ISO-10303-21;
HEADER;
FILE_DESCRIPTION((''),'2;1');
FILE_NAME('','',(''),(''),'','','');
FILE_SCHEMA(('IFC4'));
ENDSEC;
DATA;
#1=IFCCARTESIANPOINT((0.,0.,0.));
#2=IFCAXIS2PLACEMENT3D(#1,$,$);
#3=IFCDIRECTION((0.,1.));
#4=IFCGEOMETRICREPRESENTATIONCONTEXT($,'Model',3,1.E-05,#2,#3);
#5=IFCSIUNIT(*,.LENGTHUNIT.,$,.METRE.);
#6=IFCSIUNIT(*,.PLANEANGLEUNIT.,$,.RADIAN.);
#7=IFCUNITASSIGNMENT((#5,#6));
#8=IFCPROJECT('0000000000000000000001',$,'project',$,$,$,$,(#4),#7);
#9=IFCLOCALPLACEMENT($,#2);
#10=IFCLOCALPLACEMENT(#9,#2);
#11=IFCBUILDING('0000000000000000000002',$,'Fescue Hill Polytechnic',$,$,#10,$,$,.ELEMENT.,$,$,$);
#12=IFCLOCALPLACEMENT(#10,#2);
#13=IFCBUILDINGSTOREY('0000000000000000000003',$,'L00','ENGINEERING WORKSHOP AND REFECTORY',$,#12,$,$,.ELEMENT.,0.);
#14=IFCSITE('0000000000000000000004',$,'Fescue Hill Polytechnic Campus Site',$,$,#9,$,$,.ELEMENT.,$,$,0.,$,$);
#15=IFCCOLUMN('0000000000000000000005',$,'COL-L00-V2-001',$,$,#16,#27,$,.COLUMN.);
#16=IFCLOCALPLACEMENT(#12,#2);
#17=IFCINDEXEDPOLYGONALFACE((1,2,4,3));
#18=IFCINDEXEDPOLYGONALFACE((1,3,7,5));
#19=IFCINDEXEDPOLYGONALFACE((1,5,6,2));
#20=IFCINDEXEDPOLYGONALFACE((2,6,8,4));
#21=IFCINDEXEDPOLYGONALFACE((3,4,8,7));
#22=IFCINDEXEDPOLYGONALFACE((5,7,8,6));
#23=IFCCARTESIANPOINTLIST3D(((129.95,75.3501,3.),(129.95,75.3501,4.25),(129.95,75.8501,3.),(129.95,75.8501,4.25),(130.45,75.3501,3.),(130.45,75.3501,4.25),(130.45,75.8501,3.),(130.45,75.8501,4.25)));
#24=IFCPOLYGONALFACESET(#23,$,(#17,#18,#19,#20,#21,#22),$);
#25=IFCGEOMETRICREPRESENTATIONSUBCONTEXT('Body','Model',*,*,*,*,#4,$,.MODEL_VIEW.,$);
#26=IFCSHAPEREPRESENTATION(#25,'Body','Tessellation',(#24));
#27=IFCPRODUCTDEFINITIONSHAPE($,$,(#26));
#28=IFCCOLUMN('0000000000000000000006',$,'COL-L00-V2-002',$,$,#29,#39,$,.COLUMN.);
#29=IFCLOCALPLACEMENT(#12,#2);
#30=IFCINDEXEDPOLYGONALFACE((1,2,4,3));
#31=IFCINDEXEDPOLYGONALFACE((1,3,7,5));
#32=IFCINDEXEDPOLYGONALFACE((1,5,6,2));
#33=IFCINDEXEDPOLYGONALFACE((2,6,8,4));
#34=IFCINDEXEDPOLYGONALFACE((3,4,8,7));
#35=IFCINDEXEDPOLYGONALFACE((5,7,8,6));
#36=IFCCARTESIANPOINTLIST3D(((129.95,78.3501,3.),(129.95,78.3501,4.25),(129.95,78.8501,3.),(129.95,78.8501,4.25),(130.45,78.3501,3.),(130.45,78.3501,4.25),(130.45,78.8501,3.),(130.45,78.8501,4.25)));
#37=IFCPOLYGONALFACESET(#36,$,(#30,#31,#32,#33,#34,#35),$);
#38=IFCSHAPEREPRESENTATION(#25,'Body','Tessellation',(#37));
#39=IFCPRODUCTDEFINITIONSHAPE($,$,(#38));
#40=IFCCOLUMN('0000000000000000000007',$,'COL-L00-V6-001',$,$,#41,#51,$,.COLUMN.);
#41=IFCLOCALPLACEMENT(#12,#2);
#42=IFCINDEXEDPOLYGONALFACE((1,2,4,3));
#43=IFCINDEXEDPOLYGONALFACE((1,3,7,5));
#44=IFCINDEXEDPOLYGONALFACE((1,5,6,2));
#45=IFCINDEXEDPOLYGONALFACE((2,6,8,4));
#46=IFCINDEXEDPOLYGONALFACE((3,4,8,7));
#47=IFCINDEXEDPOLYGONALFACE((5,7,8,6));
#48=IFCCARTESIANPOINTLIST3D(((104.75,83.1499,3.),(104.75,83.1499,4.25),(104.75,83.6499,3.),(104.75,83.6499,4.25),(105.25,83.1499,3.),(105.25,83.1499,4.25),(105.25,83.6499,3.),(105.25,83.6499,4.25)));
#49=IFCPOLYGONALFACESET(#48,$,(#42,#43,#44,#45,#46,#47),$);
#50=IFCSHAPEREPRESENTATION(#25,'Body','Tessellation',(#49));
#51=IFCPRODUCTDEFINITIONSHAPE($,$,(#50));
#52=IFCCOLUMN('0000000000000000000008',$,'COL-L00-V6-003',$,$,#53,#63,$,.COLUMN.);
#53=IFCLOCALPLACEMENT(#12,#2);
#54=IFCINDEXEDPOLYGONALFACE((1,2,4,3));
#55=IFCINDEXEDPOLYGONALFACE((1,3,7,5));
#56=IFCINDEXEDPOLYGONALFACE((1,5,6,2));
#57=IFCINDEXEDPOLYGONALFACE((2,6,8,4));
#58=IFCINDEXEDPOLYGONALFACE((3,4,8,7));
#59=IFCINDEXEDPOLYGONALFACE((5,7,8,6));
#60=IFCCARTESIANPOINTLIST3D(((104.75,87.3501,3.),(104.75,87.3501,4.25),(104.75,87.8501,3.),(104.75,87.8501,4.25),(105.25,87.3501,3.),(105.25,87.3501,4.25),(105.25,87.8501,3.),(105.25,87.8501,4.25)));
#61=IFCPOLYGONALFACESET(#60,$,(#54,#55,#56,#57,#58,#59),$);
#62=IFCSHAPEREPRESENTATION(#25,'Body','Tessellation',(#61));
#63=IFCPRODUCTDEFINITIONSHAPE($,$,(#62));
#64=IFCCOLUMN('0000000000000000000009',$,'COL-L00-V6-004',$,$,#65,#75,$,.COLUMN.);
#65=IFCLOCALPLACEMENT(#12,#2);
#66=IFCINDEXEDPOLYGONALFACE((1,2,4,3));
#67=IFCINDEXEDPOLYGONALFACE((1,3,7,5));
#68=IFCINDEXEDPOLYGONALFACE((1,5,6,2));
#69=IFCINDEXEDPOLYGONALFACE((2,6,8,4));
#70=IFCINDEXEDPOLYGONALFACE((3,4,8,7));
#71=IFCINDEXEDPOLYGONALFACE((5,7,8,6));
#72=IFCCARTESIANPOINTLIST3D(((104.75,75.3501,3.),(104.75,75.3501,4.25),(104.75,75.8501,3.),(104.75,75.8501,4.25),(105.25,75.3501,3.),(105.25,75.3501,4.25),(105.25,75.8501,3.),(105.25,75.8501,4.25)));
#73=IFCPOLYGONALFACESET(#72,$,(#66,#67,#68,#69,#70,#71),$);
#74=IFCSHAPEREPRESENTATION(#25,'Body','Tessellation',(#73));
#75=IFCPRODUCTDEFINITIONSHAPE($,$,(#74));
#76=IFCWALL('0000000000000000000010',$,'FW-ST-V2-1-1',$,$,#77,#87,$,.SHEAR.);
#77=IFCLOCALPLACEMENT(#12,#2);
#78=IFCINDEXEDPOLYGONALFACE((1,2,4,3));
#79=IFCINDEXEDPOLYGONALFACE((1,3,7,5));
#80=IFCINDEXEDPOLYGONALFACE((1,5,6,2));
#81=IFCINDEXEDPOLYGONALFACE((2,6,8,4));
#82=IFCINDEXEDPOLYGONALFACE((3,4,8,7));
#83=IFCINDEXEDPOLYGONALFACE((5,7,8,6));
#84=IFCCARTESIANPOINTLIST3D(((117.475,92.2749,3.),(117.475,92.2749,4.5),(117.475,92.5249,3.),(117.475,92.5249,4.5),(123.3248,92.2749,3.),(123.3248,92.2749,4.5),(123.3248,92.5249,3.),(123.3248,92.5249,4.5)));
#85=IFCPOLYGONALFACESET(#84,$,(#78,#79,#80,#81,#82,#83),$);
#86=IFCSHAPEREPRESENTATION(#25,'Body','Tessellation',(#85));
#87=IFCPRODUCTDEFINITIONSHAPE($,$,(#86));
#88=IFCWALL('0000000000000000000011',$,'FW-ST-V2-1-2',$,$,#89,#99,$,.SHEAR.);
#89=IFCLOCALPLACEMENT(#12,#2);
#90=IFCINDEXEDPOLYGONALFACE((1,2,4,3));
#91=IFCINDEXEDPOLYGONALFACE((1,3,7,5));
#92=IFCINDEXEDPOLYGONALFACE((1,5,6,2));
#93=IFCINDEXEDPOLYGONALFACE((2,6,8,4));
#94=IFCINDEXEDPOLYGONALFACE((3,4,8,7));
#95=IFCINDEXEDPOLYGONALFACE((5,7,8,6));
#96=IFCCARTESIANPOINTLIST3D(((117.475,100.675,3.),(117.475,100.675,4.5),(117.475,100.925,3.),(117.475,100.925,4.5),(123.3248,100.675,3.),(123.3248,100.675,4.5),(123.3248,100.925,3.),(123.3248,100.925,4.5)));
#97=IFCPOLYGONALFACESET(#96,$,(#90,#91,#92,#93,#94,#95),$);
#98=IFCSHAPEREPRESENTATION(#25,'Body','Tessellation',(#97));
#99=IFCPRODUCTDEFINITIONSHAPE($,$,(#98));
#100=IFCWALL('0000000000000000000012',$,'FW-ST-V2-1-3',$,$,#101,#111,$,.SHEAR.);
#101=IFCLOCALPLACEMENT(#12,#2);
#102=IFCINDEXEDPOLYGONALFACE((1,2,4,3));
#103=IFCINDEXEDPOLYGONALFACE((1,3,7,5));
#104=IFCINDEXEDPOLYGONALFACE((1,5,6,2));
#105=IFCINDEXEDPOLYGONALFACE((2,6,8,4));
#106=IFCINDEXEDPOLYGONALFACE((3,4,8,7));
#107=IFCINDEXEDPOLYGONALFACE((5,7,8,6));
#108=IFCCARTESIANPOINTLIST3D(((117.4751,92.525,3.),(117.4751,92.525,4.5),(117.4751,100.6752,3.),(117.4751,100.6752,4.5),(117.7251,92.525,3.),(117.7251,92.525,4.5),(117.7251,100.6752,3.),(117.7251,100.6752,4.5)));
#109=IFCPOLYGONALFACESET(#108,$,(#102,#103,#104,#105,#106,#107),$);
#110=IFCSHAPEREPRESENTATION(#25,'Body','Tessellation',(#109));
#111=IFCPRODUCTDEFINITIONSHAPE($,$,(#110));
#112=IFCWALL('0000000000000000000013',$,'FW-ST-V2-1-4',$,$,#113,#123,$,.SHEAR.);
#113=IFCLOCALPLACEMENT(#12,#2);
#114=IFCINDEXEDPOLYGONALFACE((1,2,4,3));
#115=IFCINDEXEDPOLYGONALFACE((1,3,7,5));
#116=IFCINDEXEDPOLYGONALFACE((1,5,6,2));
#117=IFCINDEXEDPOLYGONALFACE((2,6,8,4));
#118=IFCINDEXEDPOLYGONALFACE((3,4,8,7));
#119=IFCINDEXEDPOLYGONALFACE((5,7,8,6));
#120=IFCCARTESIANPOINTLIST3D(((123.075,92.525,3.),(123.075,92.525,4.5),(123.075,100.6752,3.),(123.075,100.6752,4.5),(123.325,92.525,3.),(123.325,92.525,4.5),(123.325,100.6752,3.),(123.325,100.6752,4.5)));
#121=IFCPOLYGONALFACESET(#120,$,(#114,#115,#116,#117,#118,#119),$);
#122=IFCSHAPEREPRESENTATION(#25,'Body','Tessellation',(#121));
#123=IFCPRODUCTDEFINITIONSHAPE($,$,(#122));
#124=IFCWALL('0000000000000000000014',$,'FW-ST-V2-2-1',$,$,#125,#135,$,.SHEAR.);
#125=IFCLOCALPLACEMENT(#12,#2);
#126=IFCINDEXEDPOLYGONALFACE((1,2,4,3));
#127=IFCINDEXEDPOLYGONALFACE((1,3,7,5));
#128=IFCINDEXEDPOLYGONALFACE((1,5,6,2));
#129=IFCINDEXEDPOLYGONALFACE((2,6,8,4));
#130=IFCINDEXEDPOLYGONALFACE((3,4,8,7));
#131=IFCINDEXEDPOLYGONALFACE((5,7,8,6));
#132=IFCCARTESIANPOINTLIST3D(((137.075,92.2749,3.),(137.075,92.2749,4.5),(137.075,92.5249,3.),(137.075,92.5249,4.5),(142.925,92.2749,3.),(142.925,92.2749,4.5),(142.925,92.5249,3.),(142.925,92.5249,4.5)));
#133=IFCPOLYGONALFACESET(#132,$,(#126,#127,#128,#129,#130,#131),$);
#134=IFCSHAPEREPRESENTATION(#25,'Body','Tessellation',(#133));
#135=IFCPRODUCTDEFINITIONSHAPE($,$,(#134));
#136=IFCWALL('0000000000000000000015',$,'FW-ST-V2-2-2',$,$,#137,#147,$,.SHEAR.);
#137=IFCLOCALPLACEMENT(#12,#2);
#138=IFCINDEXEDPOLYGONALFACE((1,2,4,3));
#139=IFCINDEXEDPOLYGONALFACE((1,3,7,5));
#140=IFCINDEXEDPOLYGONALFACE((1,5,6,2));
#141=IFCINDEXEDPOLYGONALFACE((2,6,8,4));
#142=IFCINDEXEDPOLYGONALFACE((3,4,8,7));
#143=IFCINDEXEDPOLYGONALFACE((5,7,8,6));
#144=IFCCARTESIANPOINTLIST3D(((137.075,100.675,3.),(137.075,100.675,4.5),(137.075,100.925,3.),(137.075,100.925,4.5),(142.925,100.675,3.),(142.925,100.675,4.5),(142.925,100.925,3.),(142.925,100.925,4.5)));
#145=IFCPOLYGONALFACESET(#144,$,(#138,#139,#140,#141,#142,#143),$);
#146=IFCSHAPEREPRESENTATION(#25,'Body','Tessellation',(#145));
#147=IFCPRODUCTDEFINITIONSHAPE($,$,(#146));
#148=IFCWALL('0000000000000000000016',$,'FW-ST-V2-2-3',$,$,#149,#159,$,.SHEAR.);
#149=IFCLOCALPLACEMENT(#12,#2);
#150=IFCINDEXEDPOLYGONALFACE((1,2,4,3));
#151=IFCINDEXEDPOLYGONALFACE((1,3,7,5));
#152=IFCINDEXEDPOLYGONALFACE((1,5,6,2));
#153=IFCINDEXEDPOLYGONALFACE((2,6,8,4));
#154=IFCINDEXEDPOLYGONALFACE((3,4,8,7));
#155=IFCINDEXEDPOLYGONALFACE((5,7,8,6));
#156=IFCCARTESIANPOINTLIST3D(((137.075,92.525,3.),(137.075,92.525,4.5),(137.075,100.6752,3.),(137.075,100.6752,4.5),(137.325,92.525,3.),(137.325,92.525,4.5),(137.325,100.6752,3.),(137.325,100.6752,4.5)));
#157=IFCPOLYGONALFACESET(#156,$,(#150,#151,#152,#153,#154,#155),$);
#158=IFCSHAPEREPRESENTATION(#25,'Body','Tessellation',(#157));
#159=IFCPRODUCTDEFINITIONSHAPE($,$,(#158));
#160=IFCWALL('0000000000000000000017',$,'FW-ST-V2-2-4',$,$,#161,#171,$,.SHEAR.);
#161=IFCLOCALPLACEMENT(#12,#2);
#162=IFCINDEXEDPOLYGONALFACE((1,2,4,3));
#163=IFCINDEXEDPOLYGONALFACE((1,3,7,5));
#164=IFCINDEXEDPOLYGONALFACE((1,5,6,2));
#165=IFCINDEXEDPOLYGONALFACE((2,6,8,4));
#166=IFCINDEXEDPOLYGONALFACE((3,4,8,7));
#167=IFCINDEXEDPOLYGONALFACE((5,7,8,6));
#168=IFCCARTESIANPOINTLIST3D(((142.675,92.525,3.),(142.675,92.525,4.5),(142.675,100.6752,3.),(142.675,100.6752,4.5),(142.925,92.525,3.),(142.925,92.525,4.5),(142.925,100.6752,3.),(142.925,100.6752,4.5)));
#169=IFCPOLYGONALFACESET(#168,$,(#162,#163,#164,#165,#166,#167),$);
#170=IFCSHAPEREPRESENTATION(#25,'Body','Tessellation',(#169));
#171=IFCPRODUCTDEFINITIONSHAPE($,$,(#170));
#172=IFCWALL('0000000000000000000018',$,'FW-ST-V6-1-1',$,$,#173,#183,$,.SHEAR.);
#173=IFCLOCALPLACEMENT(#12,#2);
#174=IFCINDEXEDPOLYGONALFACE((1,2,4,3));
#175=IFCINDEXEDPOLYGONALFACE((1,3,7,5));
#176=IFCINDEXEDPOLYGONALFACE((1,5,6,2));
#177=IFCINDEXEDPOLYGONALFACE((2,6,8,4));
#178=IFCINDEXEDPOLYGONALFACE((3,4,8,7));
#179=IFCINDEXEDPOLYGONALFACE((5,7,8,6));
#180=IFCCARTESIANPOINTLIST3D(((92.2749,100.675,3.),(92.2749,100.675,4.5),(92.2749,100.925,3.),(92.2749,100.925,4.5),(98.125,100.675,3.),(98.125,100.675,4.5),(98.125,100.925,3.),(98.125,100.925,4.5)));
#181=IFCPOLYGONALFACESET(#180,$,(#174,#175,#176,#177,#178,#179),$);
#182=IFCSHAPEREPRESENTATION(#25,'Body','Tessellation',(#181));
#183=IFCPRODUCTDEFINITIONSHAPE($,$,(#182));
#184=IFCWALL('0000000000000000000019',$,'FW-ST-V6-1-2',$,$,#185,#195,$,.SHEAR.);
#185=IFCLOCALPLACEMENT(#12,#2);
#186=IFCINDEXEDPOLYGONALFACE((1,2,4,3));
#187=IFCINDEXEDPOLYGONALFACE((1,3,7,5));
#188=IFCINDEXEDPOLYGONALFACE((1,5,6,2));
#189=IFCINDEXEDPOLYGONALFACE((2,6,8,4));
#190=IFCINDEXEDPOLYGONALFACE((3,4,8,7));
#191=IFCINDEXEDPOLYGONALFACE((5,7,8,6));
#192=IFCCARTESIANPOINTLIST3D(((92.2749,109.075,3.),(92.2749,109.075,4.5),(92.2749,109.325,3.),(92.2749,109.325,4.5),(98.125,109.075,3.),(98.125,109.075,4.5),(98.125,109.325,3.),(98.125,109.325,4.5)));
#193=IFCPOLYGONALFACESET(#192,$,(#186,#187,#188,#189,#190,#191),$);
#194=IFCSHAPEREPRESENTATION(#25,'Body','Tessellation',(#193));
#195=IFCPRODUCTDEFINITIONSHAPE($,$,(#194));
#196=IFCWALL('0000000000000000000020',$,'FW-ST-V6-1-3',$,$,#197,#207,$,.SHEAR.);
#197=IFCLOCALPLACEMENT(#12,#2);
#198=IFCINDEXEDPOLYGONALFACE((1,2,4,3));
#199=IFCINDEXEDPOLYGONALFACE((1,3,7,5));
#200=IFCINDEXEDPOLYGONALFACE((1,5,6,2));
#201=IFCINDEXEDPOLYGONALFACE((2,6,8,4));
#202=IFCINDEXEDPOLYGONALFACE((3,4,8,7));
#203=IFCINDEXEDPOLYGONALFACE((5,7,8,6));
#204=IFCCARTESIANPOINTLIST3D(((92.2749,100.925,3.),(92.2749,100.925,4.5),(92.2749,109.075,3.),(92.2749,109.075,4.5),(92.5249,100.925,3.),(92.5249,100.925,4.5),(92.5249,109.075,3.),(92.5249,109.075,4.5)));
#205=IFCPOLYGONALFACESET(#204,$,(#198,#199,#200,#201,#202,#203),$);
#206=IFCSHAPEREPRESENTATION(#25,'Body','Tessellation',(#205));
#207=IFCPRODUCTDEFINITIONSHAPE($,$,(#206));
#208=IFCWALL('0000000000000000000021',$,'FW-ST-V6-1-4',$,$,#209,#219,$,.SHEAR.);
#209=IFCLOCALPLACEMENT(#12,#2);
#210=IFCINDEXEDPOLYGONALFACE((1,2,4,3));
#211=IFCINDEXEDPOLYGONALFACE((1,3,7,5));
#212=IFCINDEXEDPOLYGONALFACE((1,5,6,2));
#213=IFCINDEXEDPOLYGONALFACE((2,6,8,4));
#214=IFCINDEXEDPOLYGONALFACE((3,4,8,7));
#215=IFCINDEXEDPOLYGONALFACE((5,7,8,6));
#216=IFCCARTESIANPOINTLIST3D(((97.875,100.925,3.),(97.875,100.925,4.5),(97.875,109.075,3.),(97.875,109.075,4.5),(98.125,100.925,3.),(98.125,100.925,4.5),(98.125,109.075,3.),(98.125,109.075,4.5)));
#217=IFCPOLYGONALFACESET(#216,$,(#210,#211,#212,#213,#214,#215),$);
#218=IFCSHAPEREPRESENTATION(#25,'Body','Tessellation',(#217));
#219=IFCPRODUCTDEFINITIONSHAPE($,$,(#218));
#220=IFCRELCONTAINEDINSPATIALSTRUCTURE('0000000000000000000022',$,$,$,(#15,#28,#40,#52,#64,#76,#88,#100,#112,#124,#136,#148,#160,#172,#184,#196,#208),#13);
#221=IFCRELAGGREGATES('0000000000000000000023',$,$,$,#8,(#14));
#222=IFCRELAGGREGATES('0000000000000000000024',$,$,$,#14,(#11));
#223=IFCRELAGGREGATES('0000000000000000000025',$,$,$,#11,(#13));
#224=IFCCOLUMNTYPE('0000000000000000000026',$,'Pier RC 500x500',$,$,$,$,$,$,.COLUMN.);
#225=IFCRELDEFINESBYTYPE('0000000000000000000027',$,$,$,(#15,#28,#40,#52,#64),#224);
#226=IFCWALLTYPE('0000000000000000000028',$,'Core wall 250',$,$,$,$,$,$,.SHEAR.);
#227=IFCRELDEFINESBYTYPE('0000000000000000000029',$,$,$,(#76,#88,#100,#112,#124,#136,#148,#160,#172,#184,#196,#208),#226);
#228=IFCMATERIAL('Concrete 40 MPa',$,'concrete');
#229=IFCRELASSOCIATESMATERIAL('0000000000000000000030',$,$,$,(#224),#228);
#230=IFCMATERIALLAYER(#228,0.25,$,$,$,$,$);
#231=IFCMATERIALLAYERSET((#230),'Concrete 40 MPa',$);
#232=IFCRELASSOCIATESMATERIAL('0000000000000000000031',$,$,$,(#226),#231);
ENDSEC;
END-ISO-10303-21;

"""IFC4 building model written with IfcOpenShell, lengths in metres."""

from ifc_helpers import new_model, si_unit, direction, frame, frame_2d, origin, origin_2d, place, context, subcontext, project, spatial, rectangle, extrude, material, layer, layer_set, material_profile, profile_set, type_object, element, save


model = new_model("IFC4")

# Units and contexts
model_context = context("Model", 3, precision=1e-05, world=origin(), true_north=direction((0.0, 1.0)))
body_context = subcontext(model_context, "Body", "Model", "MODEL_VIEW")
ifc_project = project(units=[si_unit("LENGTHUNIT", "METRE"), si_unit("PLANEANGLEUNIT", "RADIAN")], contexts=[model_context])

# Site, building, storey
site_placement = place(None, origin())
site = spatial("IfcSite", under=ifc_project, at=site_placement, Name="Fescue Hill Polytechnic Campus Site", CompositionType="ELEMENT", RefElevation=0.0)
building_placement = place(site_placement, origin())
building = spatial("IfcBuilding", under=site, at=building_placement, Name="Fescue Hill Polytechnic", CompositionType="ELEMENT")
storey_placement = place(building_placement, origin())
storey = spatial("IfcBuildingStorey", under=building, at=storey_placement, Name="L00", Description="ENGINEERING WORKSHOP AND REFECTORY", CompositionType="ELEMENT", Elevation=0.0)

# Columns
ifc_material_1 = material(Name="Concrete 40 MPa", Category="concrete")
ifc_material_profile = material_profile(ifc_material_1, rectangle(XDim=0.5, YDim=0.5, at=origin_2d()), Name="RC 500x500")
ifc_profile_set = profile_set([ifc_material_profile], Name="Concrete 40 MPa")
column_type = type_object("IfcColumnType", Name="Pier RC 500x500", PredefinedType="COLUMN", material=ifc_profile_set)
for number, where, z_axis, x_axis, name in (
    (1, (130.2, 75.6001, 3.0), (0.0, 0.0, 1.0), (1.0, 0.0, 0.0), "COL-L00-V2-001"),
    (2, (130.2, 78.6001, 3.0), (0.0, 0.0, 1.0), (1.0, 0.0, 0.0), "COL-L00-V2-002"),
    (3, (105.0, 83.3999, 3.0), (0.0, 0.0, 1.0), (1.0, 0.0, 0.0), "COL-L00-V6-001"),
    (4, (105.0, 87.6001, 3.0), (0.0, 0.0, 1.0), (1.0, 0.0, 0.0), "COL-L00-V6-003"),
    (5, (105.0, 75.6001, 3.0), (0.0, 0.0, 1.0), (1.0, 0.0, 0.0), "COL-L00-V6-004"),
):
    element("IfcColumn", number, at=place(storey_placement, frame(where, z_axis=z_axis, x_axis=x_axis)), inside=storey, type_object=column_type, Name=name, PredefinedType="COLUMN", context=body_context, shape_type="SweptSolid", body=[
        extrude(rectangle(XDim=0.5, YDim=0.5, at=origin_2d()), origin(), (0.0, 0.0, 1.0), 1.25),
    ])

# Walls
ifc_layer_1 = layer(ifc_material_1, 0.25)
ifc_layer_set_1 = layer_set([ifc_layer_1], Name="Concrete 40 MPa")
wall_type_1 = type_object("IfcWallType", Name="Core wall 250", PredefinedType="SHEAR", material=ifc_layer_set_1)
for number, where, z_axis, x_axis, name in (
    (6, (117.4751, 92.3999, 3.0), (0.0, 0.0, 1.0), (1.0, 0.0, 0.0), "FW-ST-V2-1-1"),
    (7, (117.4751, 100.8, 3.0), (0.0, 0.0, 1.0), (1.0, 0.0, 0.0), "FW-ST-V2-1-2"),
):
    element("IfcWall", number, at=place(storey_placement, frame(where, z_axis=z_axis, x_axis=x_axis)), inside=storey, type_object=wall_type_1, Name=name, PredefinedType="SHEAR", context=body_context, shape_type="SweptSolid", body=[
        extrude(rectangle(XDim=5.8499, YDim=0.25, at=frame_2d((2.9248, 0.0))), origin(), (0.0, 0.0, 1.0), 1.5),
    ])
for number, where, z_axis, x_axis, name in (
    (8, (117.6001, 92.5249, 3.0), (0.0, 0.0, 1.0), (0.0, 1.0, 0.0), "FW-ST-V2-1-3"),
    (9, (123.2, 92.5249, 3.0), (0.0, 0.0, 1.0), (0.0, 1.0, 0.0), "FW-ST-V2-1-4"),
):
    element("IfcWall", number, at=place(storey_placement, frame(where, z_axis=z_axis, x_axis=x_axis)), inside=storey, type_object=wall_type_1, Name=name, PredefinedType="SHEAR", context=body_context, shape_type="SweptSolid", body=[
        extrude(rectangle(XDim=8.1501, YDim=0.25, at=frame_2d((4.0752, 0.0))), origin(), (0.0, 0.0, 1.0), 1.5),
    ])
for number, where, z_axis, x_axis, name in (
    (10, (137.075, 92.3999, 3.0), (0.0, 0.0, 1.0), (1.0, 0.0, 0.0), "FW-ST-V2-2-1"),
    (11, (137.075, 100.8, 3.0), (0.0, 0.0, 1.0), (1.0, 0.0, 0.0), "FW-ST-V2-2-2"),
):
    element("IfcWall", number, at=place(storey_placement, frame(where, z_axis=z_axis, x_axis=x_axis)), inside=storey, type_object=wall_type_1, Name=name, PredefinedType="SHEAR", context=body_context, shape_type="SweptSolid", body=[
        extrude(rectangle(XDim=5.8501, YDim=0.25, at=frame_2d((2.925, 0.0))), origin(), (0.0, 0.0, 1.0), 1.5),
    ])
for number, where, z_axis, x_axis, name in (
    (12, (137.2, 92.5249, 3.0), (0.0, 0.0, 1.0), (0.0, 1.0, 0.0), "FW-ST-V2-2-3"),
    (13, (142.8, 92.5249, 3.0), (0.0, 0.0, 1.0), (0.0, 1.0, 0.0), "FW-ST-V2-2-4"),
):
    element("IfcWall", number, at=place(storey_placement, frame(where, z_axis=z_axis, x_axis=x_axis)), inside=storey, type_object=wall_type_1, Name=name, PredefinedType="SHEAR", context=body_context, shape_type="SweptSolid", body=[
        extrude(rectangle(XDim=8.1501, YDim=0.25, at=frame_2d((4.0752, 0.0))), origin(), (0.0, 0.0, 1.0), 1.5),
    ])
for number, where, z_axis, x_axis, name in (
    (14, (92.2749, 100.8, 3.0), (0.0, 0.0, 1.0), (1.0, 0.0, 0.0), "FW-ST-V6-1-1"),
    (15, (92.2749, 109.2, 3.0), (0.0, 0.0, 1.0), (1.0, 0.0, 0.0), "FW-ST-V6-1-2"),
):
    element("IfcWall", number, at=place(storey_placement, frame(where, z_axis=z_axis, x_axis=x_axis)), inside=storey, type_object=wall_type_1, Name=name, PredefinedType="SHEAR", context=body_context, shape_type="SweptSolid", body=[
        extrude(rectangle(XDim=5.8501, YDim=0.25, at=frame_2d((2.925, 0.0))), origin(), (0.0, 0.0, 1.0), 1.5),
    ])
for number, where, z_axis, x_axis, name in (
    (16, (92.3999, 100.925, 3.0), (0.0, 0.0, 1.0), (0.0, 1.0, 0.0), "FW-ST-V6-1-3"),
    (17, (98.0, 100.925, 3.0), (0.0, 0.0, 1.0), (0.0, 1.0, 0.0), "FW-ST-V6-1-4"),
):
    element("IfcWall", number, at=place(storey_placement, frame(where, z_axis=z_axis, x_axis=x_axis)), inside=storey, type_object=wall_type_1, Name=name, PredefinedType="SHEAR", context=body_context, shape_type="SweptSolid", body=[
        extrude(rectangle(XDim=8.1499, YDim=0.25, at=frame_2d((4.075, 0.0))), origin(), (0.0, 0.0, 1.0), 1.5),
    ])

save(model, "model.ifc")
